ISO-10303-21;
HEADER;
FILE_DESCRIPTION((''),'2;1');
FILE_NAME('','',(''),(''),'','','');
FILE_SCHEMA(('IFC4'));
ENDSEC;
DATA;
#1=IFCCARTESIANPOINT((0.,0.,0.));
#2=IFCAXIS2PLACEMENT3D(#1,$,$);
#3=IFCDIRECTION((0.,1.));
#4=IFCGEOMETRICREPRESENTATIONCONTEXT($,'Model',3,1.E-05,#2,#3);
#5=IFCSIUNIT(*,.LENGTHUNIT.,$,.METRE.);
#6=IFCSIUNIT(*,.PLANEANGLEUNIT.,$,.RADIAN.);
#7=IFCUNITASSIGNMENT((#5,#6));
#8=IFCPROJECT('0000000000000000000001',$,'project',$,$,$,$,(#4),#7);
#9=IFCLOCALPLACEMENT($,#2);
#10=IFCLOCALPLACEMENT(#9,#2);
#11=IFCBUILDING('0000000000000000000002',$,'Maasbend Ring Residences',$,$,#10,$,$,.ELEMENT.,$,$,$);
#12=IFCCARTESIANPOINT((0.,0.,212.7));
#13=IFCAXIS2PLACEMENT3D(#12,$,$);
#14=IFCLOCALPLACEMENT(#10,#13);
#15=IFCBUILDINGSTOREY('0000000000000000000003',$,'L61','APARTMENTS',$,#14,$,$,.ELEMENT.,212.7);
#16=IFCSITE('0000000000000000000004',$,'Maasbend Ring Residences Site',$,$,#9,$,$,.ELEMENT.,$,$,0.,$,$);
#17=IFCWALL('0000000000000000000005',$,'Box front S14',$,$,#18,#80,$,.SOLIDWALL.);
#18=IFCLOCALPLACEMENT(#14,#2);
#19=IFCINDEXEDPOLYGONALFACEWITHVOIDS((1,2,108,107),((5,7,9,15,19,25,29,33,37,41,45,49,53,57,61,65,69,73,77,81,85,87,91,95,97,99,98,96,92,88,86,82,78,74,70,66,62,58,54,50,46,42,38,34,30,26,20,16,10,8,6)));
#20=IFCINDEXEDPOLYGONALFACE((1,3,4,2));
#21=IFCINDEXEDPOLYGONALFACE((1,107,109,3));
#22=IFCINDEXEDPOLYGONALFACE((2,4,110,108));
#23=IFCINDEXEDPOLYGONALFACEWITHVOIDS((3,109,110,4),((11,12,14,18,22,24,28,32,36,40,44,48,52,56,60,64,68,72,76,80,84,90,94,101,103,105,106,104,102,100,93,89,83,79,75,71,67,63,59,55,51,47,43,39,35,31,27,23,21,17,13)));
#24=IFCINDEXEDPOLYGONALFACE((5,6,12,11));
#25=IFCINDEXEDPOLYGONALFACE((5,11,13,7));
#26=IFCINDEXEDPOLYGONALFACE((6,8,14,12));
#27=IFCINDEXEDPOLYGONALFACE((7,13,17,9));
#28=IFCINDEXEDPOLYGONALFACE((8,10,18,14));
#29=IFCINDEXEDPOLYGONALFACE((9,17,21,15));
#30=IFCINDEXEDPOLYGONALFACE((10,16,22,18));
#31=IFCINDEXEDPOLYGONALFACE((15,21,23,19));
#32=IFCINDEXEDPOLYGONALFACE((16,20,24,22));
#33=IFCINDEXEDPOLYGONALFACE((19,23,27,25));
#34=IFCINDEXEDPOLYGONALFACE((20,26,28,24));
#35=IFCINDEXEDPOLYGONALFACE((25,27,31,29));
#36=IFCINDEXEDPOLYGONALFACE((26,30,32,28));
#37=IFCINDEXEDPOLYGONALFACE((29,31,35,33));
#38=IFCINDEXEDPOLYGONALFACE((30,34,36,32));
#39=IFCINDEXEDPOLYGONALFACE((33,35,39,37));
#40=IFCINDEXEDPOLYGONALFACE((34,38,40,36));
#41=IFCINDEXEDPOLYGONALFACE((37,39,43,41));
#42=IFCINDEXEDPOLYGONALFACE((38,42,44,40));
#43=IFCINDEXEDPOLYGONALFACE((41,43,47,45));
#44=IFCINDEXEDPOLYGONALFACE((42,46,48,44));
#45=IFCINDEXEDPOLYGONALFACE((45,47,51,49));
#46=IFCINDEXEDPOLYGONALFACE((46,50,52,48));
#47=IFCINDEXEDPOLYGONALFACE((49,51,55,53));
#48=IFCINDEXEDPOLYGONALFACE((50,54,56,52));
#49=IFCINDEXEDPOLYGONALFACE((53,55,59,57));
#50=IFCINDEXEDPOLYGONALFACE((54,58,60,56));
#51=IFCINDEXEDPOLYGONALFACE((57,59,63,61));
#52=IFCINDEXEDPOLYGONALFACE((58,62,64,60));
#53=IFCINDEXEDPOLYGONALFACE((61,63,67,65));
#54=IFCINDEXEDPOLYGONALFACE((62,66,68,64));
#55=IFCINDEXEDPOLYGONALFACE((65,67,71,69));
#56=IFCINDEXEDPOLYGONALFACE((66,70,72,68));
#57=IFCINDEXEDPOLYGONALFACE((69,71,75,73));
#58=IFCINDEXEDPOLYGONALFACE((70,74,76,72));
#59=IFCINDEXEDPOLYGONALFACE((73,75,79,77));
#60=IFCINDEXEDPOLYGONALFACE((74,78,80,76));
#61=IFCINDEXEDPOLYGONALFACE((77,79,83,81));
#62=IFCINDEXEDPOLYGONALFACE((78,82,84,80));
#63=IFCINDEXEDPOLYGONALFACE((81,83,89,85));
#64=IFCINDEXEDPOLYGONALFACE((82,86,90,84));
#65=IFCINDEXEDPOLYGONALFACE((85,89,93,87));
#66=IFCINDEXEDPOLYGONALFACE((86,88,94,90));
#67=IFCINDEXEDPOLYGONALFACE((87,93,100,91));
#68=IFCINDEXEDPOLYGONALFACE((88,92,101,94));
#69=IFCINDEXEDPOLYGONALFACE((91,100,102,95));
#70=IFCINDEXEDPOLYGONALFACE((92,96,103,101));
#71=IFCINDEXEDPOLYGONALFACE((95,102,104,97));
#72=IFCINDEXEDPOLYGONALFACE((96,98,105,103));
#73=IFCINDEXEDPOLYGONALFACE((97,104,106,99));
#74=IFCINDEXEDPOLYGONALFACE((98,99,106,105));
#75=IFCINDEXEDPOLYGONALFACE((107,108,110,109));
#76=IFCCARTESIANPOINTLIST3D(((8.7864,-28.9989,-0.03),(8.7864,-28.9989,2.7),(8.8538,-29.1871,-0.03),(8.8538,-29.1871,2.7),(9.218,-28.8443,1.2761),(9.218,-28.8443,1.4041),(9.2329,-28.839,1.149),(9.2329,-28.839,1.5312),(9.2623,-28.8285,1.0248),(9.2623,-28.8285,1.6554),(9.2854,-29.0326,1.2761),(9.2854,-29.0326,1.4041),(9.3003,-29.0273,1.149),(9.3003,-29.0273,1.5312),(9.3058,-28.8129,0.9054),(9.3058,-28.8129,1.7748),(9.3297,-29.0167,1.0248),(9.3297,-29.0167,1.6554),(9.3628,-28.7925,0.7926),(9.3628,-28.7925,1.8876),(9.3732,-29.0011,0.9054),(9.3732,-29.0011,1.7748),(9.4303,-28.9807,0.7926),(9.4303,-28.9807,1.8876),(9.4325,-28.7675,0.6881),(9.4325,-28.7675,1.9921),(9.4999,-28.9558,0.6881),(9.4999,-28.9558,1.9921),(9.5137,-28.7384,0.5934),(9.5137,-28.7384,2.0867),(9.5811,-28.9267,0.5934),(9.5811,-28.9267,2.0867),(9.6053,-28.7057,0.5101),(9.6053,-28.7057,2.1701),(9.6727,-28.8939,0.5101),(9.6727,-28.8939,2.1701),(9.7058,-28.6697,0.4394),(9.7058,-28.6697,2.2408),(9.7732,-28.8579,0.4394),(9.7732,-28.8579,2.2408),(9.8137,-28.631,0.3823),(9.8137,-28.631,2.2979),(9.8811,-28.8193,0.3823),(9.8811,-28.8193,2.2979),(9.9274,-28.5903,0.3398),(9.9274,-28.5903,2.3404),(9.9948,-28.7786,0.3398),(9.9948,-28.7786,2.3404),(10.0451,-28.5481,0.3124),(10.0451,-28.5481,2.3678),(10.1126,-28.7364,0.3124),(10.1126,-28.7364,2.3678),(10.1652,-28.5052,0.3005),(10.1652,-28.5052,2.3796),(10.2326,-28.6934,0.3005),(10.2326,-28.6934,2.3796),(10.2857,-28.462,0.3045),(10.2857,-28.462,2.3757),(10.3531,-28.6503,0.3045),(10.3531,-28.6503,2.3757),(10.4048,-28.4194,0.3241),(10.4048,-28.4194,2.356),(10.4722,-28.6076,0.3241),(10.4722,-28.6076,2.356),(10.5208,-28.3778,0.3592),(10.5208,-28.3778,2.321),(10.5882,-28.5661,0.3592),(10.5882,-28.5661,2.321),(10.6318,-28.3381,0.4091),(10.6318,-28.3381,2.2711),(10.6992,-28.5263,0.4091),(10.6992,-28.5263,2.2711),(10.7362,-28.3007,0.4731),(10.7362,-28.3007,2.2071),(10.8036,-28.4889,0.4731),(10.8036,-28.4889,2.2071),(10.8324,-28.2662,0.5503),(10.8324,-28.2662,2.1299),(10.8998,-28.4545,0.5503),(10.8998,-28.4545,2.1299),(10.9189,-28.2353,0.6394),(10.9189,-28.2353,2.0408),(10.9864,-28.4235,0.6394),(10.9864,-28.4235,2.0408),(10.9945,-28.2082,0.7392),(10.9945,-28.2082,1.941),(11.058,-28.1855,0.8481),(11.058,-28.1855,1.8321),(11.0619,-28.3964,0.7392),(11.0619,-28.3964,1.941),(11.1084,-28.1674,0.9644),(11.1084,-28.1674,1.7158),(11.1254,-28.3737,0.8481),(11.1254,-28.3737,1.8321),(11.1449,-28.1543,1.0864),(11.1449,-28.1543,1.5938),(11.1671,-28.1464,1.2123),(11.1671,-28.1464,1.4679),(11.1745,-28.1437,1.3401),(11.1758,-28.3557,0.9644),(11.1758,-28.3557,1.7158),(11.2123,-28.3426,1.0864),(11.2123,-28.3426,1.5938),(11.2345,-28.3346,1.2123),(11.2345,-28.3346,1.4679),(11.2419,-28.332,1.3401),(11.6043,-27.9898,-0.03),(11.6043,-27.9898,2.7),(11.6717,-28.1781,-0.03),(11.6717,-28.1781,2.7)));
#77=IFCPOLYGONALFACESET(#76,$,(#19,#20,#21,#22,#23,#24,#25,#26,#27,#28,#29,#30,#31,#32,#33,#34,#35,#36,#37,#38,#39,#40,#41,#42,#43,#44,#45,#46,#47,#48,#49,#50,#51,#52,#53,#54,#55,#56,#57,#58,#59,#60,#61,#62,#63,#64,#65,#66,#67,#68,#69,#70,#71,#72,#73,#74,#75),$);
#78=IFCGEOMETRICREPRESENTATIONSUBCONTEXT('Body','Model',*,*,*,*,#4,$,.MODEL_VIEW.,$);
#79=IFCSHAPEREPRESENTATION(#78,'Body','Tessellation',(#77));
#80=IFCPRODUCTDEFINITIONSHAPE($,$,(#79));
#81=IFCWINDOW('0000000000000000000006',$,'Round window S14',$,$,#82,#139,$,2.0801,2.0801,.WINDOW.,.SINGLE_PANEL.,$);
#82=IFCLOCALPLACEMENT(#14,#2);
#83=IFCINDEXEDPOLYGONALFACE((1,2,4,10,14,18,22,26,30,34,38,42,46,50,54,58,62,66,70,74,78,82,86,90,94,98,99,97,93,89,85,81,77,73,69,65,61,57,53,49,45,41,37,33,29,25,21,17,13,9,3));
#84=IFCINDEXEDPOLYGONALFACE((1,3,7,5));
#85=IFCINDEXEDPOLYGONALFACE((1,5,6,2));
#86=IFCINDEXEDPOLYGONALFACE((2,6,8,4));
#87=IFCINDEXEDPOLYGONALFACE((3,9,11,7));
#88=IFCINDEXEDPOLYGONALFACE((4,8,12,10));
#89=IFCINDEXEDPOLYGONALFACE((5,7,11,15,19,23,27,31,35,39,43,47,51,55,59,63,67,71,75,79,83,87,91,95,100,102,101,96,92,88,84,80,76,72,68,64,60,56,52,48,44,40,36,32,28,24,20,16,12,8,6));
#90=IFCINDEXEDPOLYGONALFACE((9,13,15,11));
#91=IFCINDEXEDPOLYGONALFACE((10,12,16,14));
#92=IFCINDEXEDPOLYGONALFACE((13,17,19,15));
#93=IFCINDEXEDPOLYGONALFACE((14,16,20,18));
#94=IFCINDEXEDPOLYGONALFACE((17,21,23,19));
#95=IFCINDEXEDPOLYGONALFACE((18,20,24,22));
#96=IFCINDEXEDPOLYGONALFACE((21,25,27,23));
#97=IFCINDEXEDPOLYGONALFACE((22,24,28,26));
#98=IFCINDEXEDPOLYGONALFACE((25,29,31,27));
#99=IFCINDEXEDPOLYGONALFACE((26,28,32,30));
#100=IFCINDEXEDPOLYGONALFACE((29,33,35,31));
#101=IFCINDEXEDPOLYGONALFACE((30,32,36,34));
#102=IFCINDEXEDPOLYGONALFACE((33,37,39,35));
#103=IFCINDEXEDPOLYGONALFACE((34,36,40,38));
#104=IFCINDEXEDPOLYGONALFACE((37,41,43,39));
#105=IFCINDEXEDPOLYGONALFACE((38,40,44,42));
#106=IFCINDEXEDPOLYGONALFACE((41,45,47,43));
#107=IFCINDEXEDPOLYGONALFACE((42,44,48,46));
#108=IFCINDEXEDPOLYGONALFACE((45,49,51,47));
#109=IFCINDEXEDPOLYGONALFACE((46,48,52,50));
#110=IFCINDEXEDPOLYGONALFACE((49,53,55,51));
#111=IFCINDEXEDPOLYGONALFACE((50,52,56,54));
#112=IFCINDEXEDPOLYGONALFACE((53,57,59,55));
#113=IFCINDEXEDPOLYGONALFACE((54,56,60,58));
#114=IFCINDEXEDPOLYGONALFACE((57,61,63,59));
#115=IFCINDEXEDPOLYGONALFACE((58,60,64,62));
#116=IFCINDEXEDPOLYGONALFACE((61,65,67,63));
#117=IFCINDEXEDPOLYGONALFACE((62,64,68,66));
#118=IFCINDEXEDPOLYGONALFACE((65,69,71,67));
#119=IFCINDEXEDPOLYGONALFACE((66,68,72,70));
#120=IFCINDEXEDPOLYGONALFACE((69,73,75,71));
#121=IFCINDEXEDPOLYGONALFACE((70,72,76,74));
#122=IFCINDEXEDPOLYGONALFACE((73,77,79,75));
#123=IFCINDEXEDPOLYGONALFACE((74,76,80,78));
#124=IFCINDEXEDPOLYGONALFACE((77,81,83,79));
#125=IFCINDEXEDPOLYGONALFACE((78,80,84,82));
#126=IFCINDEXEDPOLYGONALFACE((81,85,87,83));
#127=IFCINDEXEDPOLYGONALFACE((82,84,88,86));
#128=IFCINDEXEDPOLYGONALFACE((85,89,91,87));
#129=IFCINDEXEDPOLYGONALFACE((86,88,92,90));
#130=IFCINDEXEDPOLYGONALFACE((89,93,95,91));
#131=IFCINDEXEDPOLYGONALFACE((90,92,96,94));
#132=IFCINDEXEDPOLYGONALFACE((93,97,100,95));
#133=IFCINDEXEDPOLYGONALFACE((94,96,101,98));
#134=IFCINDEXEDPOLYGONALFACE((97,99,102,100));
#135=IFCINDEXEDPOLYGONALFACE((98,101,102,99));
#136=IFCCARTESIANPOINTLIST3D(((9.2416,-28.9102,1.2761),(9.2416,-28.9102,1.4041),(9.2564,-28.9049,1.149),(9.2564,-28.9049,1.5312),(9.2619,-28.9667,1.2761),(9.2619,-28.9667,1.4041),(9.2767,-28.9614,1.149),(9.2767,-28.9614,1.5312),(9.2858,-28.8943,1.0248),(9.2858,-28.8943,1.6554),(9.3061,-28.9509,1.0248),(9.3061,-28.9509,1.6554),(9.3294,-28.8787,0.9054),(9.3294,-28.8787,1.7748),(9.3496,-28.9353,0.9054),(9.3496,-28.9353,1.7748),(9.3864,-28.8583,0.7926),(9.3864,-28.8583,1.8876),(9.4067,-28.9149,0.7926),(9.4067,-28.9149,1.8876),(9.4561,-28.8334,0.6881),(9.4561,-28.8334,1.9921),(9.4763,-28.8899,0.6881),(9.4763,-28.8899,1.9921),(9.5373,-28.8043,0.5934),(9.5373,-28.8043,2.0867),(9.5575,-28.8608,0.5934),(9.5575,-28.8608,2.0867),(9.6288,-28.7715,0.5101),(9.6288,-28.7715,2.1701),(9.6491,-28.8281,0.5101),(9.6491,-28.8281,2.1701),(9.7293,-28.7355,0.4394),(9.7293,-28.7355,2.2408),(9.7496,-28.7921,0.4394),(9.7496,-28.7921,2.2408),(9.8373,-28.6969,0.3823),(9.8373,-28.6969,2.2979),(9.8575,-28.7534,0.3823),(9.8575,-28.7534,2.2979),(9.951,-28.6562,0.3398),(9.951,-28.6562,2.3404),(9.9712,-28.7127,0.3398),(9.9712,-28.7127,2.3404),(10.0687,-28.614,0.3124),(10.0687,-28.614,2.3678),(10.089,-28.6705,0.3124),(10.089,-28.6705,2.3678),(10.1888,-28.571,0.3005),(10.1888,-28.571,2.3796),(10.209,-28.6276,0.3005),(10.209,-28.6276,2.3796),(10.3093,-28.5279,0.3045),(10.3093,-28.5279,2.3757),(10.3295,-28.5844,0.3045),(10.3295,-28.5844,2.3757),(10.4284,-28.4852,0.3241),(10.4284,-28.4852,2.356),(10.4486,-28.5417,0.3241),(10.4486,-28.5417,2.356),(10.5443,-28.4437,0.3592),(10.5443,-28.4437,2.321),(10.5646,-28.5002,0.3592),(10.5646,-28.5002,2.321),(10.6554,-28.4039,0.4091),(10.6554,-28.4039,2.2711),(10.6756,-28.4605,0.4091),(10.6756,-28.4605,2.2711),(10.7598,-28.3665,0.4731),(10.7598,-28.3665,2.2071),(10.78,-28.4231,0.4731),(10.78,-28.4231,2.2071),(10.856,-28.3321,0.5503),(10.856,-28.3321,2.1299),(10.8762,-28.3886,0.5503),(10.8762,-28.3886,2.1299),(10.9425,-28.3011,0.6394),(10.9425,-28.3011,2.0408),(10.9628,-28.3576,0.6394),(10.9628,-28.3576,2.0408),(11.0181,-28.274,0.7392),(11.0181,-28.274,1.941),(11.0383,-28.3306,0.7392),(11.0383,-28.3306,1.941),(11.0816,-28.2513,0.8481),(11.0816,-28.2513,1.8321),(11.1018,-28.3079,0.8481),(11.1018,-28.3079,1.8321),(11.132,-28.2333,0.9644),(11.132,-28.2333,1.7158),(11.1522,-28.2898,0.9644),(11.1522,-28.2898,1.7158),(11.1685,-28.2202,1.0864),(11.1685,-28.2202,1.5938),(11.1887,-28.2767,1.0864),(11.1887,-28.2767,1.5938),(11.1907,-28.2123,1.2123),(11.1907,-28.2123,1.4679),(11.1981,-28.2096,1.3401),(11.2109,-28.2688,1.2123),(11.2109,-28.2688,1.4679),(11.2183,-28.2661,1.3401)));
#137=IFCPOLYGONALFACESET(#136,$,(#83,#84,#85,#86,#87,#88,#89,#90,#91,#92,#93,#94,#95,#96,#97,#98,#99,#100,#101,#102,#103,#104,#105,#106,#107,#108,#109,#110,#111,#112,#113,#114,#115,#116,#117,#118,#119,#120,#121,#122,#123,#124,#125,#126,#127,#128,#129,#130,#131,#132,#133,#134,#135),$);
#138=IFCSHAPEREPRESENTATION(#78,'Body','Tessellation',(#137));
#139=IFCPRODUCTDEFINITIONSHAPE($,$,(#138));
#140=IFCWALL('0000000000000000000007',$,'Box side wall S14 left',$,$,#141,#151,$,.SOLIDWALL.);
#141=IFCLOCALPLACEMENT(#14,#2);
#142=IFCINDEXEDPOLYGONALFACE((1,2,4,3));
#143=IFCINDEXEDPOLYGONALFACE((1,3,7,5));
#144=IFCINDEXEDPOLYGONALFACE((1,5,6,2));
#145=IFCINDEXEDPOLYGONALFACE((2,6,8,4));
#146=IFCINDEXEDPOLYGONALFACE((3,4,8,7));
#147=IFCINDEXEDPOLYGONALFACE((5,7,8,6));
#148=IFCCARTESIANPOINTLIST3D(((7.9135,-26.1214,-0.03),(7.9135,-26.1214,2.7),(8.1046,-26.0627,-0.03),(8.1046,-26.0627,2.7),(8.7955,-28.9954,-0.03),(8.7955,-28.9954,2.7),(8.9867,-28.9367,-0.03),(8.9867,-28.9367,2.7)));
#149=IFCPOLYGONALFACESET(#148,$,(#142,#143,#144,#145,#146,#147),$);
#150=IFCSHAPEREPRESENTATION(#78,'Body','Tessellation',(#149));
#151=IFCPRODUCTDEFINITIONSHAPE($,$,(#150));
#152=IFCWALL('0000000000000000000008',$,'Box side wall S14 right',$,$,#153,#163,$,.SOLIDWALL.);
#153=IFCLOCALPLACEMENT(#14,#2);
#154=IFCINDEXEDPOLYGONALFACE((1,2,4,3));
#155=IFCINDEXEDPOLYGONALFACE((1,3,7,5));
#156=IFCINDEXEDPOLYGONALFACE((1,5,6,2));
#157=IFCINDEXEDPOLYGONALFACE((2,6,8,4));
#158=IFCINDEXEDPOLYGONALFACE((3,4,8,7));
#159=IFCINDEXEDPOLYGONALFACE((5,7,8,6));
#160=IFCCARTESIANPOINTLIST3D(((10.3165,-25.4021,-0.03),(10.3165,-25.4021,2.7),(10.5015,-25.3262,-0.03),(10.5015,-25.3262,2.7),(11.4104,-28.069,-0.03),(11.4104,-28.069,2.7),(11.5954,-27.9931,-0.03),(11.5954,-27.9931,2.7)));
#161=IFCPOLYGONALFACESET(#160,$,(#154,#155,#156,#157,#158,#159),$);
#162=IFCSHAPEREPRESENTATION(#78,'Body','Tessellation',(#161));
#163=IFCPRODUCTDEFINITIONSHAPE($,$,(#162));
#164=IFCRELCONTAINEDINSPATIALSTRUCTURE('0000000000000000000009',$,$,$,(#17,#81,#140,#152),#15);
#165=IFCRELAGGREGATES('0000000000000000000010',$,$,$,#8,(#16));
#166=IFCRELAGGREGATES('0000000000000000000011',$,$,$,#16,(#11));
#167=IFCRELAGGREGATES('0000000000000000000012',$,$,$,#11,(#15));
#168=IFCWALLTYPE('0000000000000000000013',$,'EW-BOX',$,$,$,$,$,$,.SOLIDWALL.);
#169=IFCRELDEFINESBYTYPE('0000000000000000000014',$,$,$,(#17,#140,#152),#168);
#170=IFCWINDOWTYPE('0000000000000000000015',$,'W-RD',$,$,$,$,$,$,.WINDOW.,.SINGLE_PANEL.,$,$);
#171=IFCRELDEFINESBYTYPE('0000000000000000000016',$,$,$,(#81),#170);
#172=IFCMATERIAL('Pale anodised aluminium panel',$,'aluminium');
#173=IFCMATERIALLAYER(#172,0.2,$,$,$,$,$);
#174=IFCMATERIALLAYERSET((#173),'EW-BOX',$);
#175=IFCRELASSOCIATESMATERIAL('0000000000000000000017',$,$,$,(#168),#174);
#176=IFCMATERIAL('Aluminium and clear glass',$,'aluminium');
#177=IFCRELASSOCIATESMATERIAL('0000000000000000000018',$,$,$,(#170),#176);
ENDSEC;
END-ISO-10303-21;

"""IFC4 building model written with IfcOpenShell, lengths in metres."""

from ifc_helpers import new_model, si_unit, direction, frame, frame_2d, origin, place, context, subcontext, project, spatial, rectangle, circle, extrude, material, layer, layer_set, type_object, element, fill, save


model = new_model("IFC4")

# Units and contexts
model_context = context("Model", 3, precision=1e-05, world=origin(), true_north=direction((0.0, 1.0)))
body_context = subcontext(model_context, "Body", "Model", "MODEL_VIEW")
ifc_project = project(units=[si_unit("LENGTHUNIT", "METRE"), si_unit("PLANEANGLEUNIT", "RADIAN")], contexts=[model_context])

# Site, building, storey
site_placement = place(None, origin())
site = spatial("IfcSite", under=ifc_project, at=site_placement, Name="Maasbend Ring Residences Site", CompositionType="ELEMENT", RefElevation=0.0)
building_placement = place(site_placement, origin())
building = spatial("IfcBuilding", under=site, at=building_placement, Name="Maasbend Ring Residences", CompositionType="ELEMENT")
storey_placement = place(building_placement, frame((0.0, 0.0, 212.7)))
storey = spatial("IfcBuildingStorey", under=building, at=storey_placement, Name="L61", Description="APARTMENTS", CompositionType="ELEMENT", Elevation=212.7)

# Shared definitions
ifc_material_1 = material(Name="Pale anodised aluminium panel", Category="aluminium")
ifc_layer_1 = layer(ifc_material_1, 0.2)
ifc_layer_set_1 = layer_set([ifc_layer_1], Name="EW-BOX")
wall_type_1 = type_object("IfcWallType", Name="EW-BOX", PredefinedType="SOLIDWALL", material=ifc_layer_set_1)
ifc_material_2 = material(Name="Aluminium and clear glass", Category="aluminium")
window_type_1 = type_object("IfcWindowType", Name="W-RD", PartitioningType="SINGLE_PANEL", PredefinedType="WINDOW", material=ifc_material_2)

# Wall, opening, window
wall_1_placement = place(storey_placement, frame((8.8201, -29.093, -0.03), z_axis=(0.0, 0.0, 1.0), x_axis=(0.941461, 0.337122, 0.0)))
wall_1 = element("IfcWall", 1, at=wall_1_placement, inside=storey, type_object=wall_type_1, Name="Box front S14", PredefinedType="SOLIDWALL", context=body_context, shape_type="SweptSolid", body=[
    extrude(rectangle(XDim=2.9932, YDim=0.2, at=frame_2d((1.4966, 0.0))), origin(), (0.0, 0.0, 1.0), 2.73),
])
opening_1_placement = place(wall_1_placement, frame((0.4565, 0.0, 0.3301)))
opening_1 = element("IfcOpeningElement", 2, at=opening_1_placement, cuts=wall_1, PredefinedType="OPENING", context=body_context, shape_type="SweptSolid", body=[
    extrude(circle(Radius=1.04, at=frame_2d((1.04, 1.04))), frame((0.0, 0.1099, 0.0), z_axis=(0.0, -1.0, 0.0), x_axis=(1.0, 0.0, 0.0)), (0.0, 0.0, 1.0), 0.22),
])
window_1_placement = place(opening_1_placement, origin())
window_1 = element("IfcWindow", 3, at=window_1_placement, inside=storey, type_object=window_type_1, Name="Round window S14", OverallHeight=2.0801, OverallWidth=2.0801, PartitioningType="SINGLE_PANEL", PredefinedType="WINDOW", context=body_context, shape_type="SweptSolid", body=[
    extrude(circle(Radius=1.04, at=frame_2d((1.04, 1.04))), frame((0.0, 0.03, 0.0), z_axis=(0.0, -1.0, 0.0), x_axis=(1.0, 0.0, 0.0)), (0.0, 0.0, 1.0), 0.0601),
])
fill(opening_1, window_1)

# Walls
wall_2_placement = place(storey_placement, frame((8.009, -26.092, -0.03), z_axis=(0.0, 0.0, 1.0), x_axis=(0.293407, -0.955988, 0.0)))
element("IfcWall", 4, at=wall_2_placement, inside=storey, type_object=wall_type_1, Name="Box side wall S14 left", PredefinedType="SOLIDWALL", context=body_context, shape_type="SweptSolid", body=[
    extrude(rectangle(XDim=3.0063, YDim=0.2, at=frame_2d((1.5032, 0.0))), origin(), (0.0, 0.0, 1.0), 2.73),
])
wall_3_placement = place(storey_placement, frame((10.4089, -25.364, -0.03), z_axis=(0.0, 0.0, 1.0), x_axis=(0.37951, -0.925188, 0.0)))
element("IfcWall", 5, at=wall_3_placement, inside=storey, type_object=wall_type_1, Name="Box side wall S14 right", PredefinedType="SOLIDWALL", context=body_context, shape_type="SweptSolid", body=[
    extrude(rectangle(XDim=2.8826, YDim=0.2, at=frame_2d((1.4414, 0.0))), origin(), (0.0, 0.0, 1.0), 2.73),
])

save(model, "model.ifc")
